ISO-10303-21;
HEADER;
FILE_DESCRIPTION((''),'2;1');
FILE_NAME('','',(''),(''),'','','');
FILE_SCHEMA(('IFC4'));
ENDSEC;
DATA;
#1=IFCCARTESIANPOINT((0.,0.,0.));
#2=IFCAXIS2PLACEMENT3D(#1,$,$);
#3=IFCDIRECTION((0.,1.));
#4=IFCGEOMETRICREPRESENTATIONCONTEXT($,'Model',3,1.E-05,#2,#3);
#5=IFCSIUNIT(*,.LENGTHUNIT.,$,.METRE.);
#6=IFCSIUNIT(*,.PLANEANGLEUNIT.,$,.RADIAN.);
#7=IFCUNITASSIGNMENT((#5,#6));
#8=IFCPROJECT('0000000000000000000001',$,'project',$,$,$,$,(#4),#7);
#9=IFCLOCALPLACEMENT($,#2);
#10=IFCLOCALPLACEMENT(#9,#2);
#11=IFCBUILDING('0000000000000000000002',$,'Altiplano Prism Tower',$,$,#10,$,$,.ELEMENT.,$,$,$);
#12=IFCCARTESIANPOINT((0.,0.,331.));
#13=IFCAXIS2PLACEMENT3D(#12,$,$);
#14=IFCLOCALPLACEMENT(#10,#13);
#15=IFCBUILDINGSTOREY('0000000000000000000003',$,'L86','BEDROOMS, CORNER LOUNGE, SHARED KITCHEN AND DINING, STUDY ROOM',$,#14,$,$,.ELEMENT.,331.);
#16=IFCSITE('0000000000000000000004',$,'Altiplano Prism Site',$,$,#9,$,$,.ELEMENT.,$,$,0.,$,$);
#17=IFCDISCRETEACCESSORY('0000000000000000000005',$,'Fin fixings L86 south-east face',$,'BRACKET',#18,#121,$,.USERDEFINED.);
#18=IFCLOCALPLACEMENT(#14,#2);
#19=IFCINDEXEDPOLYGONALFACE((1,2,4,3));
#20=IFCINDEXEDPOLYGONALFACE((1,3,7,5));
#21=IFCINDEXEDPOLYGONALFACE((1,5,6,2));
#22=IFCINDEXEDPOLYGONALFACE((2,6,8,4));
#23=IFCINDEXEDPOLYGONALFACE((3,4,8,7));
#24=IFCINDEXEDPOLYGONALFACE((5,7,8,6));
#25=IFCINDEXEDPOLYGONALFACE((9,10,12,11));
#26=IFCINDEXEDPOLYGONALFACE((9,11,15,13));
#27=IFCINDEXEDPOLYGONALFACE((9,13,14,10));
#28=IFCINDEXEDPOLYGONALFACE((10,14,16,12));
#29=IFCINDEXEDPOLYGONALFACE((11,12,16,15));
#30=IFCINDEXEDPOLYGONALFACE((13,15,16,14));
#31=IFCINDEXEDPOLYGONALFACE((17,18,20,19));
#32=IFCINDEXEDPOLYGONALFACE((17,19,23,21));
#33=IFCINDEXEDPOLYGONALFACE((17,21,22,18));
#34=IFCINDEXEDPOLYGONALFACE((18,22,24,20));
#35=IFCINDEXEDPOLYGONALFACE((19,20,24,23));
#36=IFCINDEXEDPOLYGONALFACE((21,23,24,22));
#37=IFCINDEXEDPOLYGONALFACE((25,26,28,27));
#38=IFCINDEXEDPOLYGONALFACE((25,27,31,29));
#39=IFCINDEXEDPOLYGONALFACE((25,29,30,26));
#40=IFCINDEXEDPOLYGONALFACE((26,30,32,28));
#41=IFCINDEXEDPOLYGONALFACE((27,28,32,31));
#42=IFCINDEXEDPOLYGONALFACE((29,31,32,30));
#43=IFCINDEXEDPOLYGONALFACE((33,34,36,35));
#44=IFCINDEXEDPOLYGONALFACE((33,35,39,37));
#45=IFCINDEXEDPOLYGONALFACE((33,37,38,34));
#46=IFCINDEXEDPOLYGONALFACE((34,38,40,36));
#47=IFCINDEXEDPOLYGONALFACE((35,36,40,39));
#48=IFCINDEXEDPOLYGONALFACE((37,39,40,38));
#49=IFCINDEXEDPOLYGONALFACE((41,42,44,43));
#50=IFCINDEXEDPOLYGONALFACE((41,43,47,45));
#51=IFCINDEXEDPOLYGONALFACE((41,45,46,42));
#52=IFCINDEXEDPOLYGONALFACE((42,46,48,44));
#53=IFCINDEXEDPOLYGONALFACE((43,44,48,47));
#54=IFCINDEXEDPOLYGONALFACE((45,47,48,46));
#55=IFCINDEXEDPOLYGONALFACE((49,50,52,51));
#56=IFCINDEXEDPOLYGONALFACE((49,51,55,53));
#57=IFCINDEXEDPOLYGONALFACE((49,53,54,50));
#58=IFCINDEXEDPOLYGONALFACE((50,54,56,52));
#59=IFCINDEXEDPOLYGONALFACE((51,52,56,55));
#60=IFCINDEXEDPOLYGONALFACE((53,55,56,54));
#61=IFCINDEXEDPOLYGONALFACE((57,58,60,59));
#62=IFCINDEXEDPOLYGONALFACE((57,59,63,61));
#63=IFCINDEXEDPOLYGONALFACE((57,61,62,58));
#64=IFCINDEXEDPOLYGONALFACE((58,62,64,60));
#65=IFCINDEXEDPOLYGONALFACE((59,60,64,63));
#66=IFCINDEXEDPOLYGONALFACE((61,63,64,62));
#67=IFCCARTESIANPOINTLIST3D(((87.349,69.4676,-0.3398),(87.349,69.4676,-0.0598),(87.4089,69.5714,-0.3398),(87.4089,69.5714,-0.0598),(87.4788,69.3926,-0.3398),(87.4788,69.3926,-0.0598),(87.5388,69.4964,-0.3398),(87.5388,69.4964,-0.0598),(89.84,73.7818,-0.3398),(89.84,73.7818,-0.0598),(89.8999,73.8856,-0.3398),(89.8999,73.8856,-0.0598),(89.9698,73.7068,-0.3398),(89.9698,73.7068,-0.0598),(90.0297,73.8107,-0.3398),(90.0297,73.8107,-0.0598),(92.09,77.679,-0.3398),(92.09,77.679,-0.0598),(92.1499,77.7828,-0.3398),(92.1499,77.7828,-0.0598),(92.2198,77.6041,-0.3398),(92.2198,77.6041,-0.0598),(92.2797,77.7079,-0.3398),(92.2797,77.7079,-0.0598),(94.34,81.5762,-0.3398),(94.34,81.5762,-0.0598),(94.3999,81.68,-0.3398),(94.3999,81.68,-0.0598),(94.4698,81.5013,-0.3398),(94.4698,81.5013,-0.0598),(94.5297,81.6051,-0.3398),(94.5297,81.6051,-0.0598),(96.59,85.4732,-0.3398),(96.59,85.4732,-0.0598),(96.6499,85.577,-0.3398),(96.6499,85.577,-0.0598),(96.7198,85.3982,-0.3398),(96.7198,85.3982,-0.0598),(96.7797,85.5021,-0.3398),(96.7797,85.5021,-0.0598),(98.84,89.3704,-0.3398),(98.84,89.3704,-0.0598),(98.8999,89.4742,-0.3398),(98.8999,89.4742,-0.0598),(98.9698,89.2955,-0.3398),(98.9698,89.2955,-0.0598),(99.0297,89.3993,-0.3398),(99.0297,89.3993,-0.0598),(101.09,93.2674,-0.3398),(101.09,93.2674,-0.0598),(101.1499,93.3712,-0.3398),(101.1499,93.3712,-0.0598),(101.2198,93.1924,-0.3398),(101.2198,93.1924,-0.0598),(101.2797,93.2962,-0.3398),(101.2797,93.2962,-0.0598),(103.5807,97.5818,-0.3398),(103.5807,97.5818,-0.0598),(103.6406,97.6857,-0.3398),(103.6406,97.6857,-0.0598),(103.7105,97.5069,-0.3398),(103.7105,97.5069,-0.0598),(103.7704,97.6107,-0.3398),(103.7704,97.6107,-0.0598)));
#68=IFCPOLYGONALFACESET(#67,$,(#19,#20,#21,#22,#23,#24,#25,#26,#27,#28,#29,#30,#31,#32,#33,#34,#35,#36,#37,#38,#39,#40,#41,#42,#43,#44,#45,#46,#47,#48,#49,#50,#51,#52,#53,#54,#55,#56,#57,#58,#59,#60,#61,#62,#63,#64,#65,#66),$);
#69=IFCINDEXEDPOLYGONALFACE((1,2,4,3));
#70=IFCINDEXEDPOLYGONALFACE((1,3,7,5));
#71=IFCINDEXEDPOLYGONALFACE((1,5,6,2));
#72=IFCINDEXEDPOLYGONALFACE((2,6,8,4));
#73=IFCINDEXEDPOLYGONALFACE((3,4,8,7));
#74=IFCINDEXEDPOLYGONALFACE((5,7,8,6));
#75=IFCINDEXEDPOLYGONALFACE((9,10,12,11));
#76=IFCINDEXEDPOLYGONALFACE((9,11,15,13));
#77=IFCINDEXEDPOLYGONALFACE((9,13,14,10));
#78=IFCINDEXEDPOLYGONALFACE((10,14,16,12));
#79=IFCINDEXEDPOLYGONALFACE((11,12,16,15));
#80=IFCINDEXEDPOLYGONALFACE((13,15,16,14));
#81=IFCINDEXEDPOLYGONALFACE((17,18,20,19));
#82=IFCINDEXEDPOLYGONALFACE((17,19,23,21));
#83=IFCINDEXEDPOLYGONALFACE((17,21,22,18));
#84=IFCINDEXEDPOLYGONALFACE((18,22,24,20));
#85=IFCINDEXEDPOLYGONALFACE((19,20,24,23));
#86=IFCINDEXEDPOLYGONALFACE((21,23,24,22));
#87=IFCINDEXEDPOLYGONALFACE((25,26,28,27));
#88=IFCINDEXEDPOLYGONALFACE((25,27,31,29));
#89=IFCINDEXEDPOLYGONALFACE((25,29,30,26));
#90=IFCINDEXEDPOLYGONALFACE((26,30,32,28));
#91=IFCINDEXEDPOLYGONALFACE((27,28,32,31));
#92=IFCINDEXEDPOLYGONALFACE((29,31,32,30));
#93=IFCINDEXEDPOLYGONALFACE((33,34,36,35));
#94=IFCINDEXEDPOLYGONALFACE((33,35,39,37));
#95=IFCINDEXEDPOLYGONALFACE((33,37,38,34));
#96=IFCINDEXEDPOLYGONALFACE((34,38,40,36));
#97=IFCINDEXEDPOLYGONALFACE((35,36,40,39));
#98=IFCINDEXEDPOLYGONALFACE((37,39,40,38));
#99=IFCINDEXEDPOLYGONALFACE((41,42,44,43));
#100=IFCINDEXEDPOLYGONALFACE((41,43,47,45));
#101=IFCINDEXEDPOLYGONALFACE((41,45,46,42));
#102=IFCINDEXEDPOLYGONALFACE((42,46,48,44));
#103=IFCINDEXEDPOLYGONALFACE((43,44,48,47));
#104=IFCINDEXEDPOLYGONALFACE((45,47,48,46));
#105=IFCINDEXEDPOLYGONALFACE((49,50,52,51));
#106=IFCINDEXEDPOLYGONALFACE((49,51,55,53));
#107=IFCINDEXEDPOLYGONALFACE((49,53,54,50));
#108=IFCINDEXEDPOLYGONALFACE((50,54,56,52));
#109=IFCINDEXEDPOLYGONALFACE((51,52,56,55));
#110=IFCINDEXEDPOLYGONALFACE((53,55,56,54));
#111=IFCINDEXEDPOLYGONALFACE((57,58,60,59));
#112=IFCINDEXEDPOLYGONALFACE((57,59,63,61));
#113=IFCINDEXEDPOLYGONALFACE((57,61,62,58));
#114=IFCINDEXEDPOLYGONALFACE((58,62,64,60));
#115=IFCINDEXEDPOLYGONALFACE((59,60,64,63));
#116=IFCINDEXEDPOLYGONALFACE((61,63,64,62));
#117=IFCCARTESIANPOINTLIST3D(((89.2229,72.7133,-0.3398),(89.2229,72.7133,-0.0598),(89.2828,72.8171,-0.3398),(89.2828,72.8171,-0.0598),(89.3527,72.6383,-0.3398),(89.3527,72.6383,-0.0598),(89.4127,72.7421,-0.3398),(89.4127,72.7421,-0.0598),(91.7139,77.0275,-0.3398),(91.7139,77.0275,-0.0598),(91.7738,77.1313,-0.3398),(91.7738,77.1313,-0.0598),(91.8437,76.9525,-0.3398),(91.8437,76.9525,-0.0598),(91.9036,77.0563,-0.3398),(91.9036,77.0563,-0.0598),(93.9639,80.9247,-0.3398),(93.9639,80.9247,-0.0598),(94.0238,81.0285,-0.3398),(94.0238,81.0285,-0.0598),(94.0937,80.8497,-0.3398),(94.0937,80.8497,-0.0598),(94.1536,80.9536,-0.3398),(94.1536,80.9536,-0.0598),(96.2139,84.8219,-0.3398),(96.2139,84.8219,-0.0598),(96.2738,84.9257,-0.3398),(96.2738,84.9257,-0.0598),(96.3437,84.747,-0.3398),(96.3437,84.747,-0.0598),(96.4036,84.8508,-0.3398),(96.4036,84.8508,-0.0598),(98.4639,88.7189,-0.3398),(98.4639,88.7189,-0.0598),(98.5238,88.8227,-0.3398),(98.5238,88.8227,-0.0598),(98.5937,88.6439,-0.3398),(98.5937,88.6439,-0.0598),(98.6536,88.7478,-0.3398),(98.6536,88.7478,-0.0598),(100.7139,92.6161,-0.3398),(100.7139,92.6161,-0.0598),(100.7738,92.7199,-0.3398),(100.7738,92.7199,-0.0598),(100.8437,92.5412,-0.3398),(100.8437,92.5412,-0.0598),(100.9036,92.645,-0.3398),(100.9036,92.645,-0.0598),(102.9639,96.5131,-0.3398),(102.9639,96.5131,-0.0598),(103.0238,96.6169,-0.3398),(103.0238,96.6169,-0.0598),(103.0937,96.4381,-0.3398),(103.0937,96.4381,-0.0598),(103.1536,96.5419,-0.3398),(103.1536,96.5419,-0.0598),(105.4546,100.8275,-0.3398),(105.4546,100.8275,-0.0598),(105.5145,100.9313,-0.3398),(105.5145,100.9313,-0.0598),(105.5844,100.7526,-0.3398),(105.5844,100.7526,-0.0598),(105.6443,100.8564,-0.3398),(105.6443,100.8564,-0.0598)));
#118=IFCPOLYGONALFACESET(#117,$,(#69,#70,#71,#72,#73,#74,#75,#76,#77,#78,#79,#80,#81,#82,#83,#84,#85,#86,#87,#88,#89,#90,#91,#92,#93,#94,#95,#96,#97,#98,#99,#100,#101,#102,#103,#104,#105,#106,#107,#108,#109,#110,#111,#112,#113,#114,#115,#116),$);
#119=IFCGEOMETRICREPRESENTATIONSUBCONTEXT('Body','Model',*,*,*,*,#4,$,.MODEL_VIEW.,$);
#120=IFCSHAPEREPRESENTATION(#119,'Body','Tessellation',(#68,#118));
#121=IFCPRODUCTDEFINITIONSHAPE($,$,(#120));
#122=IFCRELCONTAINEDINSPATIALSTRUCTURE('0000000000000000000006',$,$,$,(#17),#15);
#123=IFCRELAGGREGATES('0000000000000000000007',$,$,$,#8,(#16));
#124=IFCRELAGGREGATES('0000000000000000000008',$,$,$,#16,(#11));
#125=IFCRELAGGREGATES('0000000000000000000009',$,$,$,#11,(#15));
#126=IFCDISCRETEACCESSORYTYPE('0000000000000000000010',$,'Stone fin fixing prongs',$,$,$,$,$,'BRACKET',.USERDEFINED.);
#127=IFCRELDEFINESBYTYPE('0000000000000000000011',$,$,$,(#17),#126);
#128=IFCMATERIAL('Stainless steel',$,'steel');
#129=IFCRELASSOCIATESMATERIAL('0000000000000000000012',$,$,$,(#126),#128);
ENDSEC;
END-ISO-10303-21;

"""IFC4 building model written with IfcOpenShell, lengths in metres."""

from ifc_helpers import new_model, si_unit, direction, frame, origin, place, context, subcontext, project, spatial, polyline, outline, extrude, source, transform, mapped, material, type_object, element, save


model = new_model("IFC4")

# Units and contexts
model_context = context("Model", 3, precision=1e-05, world=origin(), true_north=direction((0.0, 1.0)))
body_context = subcontext(model_context, "Body", "Model", "MODEL_VIEW")
ifc_project = project(units=[si_unit("LENGTHUNIT", "METRE"), si_unit("PLANEANGLEUNIT", "RADIAN")], contexts=[model_context])

# Site, building, storey
site_placement = place(None, origin())
site = spatial("IfcSite", under=ifc_project, at=site_placement, Name="Altiplano Prism Site", CompositionType="ELEMENT", RefElevation=0.0)
building_placement = place(site_placement, origin())
building = spatial("IfcBuilding", under=site, at=building_placement, Name="Altiplano Prism Tower", CompositionType="ELEMENT")
storey_placement = place(building_placement, frame((0.0, 0.0, 331.0)))
storey = spatial("IfcBuildingStorey", under=building, at=storey_placement, Name="L86", Description="BEDROOMS, CORNER LOUNGE, SHARED KITCHEN AND DINING, STUDY ROOM", CompositionType="ELEMENT", Elevation=331.0)

# Discrete accessory
ifc_material_1 = material(Name="Stainless steel", Category="steel")
discrete_accessory_type = type_object("IfcDiscreteAccessoryType", Name="Stone fin fixing prongs", ElementType="BRACKET", PredefinedType="USERDEFINED", material=ifc_material_1)
shared_shape_1 = source(origin(), body_context, "Body", "SweptSolid", [
    extrude(outline(polyline([(-1.9338, 0.0601), (-1.814, 0.0601), (-1.814, 0.3401), (-1.9338, 0.3401), (-1.9338, 0.0601)])), frame((0.0, 0.0, 0.0), z_axis=(0.0, -1.0, 0.0), x_axis=(1.0, 0.0, 0.0)), (0.0, 0.0, 1.0), 0.1499),
    extrude(outline(polyline([(1.814, 0.0601), (1.9338, 0.0601), (1.9338, 0.3401), (1.814, 0.3401), (1.814, 0.0601)])), frame((0.0, 0.0, 0.0), z_axis=(0.0, -1.0, 0.0), x_axis=(1.0, 0.0, 0.0)), (0.0, 0.0, 1.0), 0.1499),
])
shared_shape_2 = source(origin(), body_context, "Body", "SweptSolid", [
    extrude(outline(polyline([(-1.9338, 0.0601), (-1.814, 0.0601), (-1.814, 0.3401), (-1.9338, 0.3401), (-1.9338, 0.0601)])), frame((0.0, 0.0, 0.0), z_axis=(0.0, -1.0, 0.0), x_axis=(1.0, 0.0, 0.0)), (0.0, 0.0, 1.0), 0.1499),
    extrude(outline(polyline([(1.814, 0.0601), (1.9338, 0.0601), (1.9338, 0.3401), (1.814, 0.3401), (1.814, 0.0601)])), frame((0.0, 0.0, 0.0), z_axis=(0.0, -1.0, 0.0), x_axis=(1.0, 0.0, 0.0)), (0.0, 0.0, 1.0), 0.1499),
])
discrete_accessory_1_placement = place(storey_placement, origin())
element("IfcDiscreteAccessory", 1, at=discrete_accessory_1_placement, inside=storey, type_object=discrete_accessory_type, Name="Fin fixings L86 south-east face", ObjectType="BRACKET", PredefinedType="USERDEFINED", context=body_context, shape_type="MappedRepresentation", body=[
    mapped(shared_shape_1, transform((88.3159, 71.1423, -0.3999), x_axis=(0.5, 0.866025, 0.0), y_axis=(-0.866025, 0.5, 0.0), z_axis=(0.0, 0.0, 1.0))),
    mapped(shared_shape_2, transform((90.8069, 75.4565, -0.3999), x_axis=(0.5, 0.866025, 0.0), y_axis=(-0.866025, 0.5, 0.0), z_axis=(0.0, 0.0, 1.0))),
    mapped(shared_shape_2, transform((93.0569, 79.3538, -0.3999), x_axis=(0.5, 0.866025, 0.0), y_axis=(-0.866025, 0.5, 0.0), z_axis=(0.0, 0.0, 1.0))),
    mapped(shared_shape_2, transform((95.3069, 83.251, -0.3999), x_axis=(0.5, 0.866025, 0.0), y_axis=(-0.866025, 0.5, 0.0), z_axis=(0.0, 0.0, 1.0))),
    mapped(shared_shape_2, transform((97.5569, 87.1479, -0.3999), x_axis=(0.5, 0.866025, 0.0), y_axis=(-0.866025, 0.5, 0.0), z_axis=(0.0, 0.0, 1.0))),
    mapped(shared_shape_2, transform((99.8069, 91.0452, -0.3999), x_axis=(0.5, 0.866025, 0.0), y_axis=(-0.866025, 0.5, 0.0), z_axis=(0.0, 0.0, 1.0))),
    mapped(shared_shape_2, transform((102.0569, 94.9421, -0.3999), x_axis=(0.5, 0.866025, 0.0), y_axis=(-0.866025, 0.5, 0.0), z_axis=(0.0, 0.0, 1.0))),
    mapped(shared_shape_1, transform((104.5476, 99.2566, -0.3999), x_axis=(0.5, 0.866025, 0.0), y_axis=(-0.866025, 0.5, 0.0), z_axis=(0.0, 0.0, 1.0))),
])

save(model, "model.ifc")
